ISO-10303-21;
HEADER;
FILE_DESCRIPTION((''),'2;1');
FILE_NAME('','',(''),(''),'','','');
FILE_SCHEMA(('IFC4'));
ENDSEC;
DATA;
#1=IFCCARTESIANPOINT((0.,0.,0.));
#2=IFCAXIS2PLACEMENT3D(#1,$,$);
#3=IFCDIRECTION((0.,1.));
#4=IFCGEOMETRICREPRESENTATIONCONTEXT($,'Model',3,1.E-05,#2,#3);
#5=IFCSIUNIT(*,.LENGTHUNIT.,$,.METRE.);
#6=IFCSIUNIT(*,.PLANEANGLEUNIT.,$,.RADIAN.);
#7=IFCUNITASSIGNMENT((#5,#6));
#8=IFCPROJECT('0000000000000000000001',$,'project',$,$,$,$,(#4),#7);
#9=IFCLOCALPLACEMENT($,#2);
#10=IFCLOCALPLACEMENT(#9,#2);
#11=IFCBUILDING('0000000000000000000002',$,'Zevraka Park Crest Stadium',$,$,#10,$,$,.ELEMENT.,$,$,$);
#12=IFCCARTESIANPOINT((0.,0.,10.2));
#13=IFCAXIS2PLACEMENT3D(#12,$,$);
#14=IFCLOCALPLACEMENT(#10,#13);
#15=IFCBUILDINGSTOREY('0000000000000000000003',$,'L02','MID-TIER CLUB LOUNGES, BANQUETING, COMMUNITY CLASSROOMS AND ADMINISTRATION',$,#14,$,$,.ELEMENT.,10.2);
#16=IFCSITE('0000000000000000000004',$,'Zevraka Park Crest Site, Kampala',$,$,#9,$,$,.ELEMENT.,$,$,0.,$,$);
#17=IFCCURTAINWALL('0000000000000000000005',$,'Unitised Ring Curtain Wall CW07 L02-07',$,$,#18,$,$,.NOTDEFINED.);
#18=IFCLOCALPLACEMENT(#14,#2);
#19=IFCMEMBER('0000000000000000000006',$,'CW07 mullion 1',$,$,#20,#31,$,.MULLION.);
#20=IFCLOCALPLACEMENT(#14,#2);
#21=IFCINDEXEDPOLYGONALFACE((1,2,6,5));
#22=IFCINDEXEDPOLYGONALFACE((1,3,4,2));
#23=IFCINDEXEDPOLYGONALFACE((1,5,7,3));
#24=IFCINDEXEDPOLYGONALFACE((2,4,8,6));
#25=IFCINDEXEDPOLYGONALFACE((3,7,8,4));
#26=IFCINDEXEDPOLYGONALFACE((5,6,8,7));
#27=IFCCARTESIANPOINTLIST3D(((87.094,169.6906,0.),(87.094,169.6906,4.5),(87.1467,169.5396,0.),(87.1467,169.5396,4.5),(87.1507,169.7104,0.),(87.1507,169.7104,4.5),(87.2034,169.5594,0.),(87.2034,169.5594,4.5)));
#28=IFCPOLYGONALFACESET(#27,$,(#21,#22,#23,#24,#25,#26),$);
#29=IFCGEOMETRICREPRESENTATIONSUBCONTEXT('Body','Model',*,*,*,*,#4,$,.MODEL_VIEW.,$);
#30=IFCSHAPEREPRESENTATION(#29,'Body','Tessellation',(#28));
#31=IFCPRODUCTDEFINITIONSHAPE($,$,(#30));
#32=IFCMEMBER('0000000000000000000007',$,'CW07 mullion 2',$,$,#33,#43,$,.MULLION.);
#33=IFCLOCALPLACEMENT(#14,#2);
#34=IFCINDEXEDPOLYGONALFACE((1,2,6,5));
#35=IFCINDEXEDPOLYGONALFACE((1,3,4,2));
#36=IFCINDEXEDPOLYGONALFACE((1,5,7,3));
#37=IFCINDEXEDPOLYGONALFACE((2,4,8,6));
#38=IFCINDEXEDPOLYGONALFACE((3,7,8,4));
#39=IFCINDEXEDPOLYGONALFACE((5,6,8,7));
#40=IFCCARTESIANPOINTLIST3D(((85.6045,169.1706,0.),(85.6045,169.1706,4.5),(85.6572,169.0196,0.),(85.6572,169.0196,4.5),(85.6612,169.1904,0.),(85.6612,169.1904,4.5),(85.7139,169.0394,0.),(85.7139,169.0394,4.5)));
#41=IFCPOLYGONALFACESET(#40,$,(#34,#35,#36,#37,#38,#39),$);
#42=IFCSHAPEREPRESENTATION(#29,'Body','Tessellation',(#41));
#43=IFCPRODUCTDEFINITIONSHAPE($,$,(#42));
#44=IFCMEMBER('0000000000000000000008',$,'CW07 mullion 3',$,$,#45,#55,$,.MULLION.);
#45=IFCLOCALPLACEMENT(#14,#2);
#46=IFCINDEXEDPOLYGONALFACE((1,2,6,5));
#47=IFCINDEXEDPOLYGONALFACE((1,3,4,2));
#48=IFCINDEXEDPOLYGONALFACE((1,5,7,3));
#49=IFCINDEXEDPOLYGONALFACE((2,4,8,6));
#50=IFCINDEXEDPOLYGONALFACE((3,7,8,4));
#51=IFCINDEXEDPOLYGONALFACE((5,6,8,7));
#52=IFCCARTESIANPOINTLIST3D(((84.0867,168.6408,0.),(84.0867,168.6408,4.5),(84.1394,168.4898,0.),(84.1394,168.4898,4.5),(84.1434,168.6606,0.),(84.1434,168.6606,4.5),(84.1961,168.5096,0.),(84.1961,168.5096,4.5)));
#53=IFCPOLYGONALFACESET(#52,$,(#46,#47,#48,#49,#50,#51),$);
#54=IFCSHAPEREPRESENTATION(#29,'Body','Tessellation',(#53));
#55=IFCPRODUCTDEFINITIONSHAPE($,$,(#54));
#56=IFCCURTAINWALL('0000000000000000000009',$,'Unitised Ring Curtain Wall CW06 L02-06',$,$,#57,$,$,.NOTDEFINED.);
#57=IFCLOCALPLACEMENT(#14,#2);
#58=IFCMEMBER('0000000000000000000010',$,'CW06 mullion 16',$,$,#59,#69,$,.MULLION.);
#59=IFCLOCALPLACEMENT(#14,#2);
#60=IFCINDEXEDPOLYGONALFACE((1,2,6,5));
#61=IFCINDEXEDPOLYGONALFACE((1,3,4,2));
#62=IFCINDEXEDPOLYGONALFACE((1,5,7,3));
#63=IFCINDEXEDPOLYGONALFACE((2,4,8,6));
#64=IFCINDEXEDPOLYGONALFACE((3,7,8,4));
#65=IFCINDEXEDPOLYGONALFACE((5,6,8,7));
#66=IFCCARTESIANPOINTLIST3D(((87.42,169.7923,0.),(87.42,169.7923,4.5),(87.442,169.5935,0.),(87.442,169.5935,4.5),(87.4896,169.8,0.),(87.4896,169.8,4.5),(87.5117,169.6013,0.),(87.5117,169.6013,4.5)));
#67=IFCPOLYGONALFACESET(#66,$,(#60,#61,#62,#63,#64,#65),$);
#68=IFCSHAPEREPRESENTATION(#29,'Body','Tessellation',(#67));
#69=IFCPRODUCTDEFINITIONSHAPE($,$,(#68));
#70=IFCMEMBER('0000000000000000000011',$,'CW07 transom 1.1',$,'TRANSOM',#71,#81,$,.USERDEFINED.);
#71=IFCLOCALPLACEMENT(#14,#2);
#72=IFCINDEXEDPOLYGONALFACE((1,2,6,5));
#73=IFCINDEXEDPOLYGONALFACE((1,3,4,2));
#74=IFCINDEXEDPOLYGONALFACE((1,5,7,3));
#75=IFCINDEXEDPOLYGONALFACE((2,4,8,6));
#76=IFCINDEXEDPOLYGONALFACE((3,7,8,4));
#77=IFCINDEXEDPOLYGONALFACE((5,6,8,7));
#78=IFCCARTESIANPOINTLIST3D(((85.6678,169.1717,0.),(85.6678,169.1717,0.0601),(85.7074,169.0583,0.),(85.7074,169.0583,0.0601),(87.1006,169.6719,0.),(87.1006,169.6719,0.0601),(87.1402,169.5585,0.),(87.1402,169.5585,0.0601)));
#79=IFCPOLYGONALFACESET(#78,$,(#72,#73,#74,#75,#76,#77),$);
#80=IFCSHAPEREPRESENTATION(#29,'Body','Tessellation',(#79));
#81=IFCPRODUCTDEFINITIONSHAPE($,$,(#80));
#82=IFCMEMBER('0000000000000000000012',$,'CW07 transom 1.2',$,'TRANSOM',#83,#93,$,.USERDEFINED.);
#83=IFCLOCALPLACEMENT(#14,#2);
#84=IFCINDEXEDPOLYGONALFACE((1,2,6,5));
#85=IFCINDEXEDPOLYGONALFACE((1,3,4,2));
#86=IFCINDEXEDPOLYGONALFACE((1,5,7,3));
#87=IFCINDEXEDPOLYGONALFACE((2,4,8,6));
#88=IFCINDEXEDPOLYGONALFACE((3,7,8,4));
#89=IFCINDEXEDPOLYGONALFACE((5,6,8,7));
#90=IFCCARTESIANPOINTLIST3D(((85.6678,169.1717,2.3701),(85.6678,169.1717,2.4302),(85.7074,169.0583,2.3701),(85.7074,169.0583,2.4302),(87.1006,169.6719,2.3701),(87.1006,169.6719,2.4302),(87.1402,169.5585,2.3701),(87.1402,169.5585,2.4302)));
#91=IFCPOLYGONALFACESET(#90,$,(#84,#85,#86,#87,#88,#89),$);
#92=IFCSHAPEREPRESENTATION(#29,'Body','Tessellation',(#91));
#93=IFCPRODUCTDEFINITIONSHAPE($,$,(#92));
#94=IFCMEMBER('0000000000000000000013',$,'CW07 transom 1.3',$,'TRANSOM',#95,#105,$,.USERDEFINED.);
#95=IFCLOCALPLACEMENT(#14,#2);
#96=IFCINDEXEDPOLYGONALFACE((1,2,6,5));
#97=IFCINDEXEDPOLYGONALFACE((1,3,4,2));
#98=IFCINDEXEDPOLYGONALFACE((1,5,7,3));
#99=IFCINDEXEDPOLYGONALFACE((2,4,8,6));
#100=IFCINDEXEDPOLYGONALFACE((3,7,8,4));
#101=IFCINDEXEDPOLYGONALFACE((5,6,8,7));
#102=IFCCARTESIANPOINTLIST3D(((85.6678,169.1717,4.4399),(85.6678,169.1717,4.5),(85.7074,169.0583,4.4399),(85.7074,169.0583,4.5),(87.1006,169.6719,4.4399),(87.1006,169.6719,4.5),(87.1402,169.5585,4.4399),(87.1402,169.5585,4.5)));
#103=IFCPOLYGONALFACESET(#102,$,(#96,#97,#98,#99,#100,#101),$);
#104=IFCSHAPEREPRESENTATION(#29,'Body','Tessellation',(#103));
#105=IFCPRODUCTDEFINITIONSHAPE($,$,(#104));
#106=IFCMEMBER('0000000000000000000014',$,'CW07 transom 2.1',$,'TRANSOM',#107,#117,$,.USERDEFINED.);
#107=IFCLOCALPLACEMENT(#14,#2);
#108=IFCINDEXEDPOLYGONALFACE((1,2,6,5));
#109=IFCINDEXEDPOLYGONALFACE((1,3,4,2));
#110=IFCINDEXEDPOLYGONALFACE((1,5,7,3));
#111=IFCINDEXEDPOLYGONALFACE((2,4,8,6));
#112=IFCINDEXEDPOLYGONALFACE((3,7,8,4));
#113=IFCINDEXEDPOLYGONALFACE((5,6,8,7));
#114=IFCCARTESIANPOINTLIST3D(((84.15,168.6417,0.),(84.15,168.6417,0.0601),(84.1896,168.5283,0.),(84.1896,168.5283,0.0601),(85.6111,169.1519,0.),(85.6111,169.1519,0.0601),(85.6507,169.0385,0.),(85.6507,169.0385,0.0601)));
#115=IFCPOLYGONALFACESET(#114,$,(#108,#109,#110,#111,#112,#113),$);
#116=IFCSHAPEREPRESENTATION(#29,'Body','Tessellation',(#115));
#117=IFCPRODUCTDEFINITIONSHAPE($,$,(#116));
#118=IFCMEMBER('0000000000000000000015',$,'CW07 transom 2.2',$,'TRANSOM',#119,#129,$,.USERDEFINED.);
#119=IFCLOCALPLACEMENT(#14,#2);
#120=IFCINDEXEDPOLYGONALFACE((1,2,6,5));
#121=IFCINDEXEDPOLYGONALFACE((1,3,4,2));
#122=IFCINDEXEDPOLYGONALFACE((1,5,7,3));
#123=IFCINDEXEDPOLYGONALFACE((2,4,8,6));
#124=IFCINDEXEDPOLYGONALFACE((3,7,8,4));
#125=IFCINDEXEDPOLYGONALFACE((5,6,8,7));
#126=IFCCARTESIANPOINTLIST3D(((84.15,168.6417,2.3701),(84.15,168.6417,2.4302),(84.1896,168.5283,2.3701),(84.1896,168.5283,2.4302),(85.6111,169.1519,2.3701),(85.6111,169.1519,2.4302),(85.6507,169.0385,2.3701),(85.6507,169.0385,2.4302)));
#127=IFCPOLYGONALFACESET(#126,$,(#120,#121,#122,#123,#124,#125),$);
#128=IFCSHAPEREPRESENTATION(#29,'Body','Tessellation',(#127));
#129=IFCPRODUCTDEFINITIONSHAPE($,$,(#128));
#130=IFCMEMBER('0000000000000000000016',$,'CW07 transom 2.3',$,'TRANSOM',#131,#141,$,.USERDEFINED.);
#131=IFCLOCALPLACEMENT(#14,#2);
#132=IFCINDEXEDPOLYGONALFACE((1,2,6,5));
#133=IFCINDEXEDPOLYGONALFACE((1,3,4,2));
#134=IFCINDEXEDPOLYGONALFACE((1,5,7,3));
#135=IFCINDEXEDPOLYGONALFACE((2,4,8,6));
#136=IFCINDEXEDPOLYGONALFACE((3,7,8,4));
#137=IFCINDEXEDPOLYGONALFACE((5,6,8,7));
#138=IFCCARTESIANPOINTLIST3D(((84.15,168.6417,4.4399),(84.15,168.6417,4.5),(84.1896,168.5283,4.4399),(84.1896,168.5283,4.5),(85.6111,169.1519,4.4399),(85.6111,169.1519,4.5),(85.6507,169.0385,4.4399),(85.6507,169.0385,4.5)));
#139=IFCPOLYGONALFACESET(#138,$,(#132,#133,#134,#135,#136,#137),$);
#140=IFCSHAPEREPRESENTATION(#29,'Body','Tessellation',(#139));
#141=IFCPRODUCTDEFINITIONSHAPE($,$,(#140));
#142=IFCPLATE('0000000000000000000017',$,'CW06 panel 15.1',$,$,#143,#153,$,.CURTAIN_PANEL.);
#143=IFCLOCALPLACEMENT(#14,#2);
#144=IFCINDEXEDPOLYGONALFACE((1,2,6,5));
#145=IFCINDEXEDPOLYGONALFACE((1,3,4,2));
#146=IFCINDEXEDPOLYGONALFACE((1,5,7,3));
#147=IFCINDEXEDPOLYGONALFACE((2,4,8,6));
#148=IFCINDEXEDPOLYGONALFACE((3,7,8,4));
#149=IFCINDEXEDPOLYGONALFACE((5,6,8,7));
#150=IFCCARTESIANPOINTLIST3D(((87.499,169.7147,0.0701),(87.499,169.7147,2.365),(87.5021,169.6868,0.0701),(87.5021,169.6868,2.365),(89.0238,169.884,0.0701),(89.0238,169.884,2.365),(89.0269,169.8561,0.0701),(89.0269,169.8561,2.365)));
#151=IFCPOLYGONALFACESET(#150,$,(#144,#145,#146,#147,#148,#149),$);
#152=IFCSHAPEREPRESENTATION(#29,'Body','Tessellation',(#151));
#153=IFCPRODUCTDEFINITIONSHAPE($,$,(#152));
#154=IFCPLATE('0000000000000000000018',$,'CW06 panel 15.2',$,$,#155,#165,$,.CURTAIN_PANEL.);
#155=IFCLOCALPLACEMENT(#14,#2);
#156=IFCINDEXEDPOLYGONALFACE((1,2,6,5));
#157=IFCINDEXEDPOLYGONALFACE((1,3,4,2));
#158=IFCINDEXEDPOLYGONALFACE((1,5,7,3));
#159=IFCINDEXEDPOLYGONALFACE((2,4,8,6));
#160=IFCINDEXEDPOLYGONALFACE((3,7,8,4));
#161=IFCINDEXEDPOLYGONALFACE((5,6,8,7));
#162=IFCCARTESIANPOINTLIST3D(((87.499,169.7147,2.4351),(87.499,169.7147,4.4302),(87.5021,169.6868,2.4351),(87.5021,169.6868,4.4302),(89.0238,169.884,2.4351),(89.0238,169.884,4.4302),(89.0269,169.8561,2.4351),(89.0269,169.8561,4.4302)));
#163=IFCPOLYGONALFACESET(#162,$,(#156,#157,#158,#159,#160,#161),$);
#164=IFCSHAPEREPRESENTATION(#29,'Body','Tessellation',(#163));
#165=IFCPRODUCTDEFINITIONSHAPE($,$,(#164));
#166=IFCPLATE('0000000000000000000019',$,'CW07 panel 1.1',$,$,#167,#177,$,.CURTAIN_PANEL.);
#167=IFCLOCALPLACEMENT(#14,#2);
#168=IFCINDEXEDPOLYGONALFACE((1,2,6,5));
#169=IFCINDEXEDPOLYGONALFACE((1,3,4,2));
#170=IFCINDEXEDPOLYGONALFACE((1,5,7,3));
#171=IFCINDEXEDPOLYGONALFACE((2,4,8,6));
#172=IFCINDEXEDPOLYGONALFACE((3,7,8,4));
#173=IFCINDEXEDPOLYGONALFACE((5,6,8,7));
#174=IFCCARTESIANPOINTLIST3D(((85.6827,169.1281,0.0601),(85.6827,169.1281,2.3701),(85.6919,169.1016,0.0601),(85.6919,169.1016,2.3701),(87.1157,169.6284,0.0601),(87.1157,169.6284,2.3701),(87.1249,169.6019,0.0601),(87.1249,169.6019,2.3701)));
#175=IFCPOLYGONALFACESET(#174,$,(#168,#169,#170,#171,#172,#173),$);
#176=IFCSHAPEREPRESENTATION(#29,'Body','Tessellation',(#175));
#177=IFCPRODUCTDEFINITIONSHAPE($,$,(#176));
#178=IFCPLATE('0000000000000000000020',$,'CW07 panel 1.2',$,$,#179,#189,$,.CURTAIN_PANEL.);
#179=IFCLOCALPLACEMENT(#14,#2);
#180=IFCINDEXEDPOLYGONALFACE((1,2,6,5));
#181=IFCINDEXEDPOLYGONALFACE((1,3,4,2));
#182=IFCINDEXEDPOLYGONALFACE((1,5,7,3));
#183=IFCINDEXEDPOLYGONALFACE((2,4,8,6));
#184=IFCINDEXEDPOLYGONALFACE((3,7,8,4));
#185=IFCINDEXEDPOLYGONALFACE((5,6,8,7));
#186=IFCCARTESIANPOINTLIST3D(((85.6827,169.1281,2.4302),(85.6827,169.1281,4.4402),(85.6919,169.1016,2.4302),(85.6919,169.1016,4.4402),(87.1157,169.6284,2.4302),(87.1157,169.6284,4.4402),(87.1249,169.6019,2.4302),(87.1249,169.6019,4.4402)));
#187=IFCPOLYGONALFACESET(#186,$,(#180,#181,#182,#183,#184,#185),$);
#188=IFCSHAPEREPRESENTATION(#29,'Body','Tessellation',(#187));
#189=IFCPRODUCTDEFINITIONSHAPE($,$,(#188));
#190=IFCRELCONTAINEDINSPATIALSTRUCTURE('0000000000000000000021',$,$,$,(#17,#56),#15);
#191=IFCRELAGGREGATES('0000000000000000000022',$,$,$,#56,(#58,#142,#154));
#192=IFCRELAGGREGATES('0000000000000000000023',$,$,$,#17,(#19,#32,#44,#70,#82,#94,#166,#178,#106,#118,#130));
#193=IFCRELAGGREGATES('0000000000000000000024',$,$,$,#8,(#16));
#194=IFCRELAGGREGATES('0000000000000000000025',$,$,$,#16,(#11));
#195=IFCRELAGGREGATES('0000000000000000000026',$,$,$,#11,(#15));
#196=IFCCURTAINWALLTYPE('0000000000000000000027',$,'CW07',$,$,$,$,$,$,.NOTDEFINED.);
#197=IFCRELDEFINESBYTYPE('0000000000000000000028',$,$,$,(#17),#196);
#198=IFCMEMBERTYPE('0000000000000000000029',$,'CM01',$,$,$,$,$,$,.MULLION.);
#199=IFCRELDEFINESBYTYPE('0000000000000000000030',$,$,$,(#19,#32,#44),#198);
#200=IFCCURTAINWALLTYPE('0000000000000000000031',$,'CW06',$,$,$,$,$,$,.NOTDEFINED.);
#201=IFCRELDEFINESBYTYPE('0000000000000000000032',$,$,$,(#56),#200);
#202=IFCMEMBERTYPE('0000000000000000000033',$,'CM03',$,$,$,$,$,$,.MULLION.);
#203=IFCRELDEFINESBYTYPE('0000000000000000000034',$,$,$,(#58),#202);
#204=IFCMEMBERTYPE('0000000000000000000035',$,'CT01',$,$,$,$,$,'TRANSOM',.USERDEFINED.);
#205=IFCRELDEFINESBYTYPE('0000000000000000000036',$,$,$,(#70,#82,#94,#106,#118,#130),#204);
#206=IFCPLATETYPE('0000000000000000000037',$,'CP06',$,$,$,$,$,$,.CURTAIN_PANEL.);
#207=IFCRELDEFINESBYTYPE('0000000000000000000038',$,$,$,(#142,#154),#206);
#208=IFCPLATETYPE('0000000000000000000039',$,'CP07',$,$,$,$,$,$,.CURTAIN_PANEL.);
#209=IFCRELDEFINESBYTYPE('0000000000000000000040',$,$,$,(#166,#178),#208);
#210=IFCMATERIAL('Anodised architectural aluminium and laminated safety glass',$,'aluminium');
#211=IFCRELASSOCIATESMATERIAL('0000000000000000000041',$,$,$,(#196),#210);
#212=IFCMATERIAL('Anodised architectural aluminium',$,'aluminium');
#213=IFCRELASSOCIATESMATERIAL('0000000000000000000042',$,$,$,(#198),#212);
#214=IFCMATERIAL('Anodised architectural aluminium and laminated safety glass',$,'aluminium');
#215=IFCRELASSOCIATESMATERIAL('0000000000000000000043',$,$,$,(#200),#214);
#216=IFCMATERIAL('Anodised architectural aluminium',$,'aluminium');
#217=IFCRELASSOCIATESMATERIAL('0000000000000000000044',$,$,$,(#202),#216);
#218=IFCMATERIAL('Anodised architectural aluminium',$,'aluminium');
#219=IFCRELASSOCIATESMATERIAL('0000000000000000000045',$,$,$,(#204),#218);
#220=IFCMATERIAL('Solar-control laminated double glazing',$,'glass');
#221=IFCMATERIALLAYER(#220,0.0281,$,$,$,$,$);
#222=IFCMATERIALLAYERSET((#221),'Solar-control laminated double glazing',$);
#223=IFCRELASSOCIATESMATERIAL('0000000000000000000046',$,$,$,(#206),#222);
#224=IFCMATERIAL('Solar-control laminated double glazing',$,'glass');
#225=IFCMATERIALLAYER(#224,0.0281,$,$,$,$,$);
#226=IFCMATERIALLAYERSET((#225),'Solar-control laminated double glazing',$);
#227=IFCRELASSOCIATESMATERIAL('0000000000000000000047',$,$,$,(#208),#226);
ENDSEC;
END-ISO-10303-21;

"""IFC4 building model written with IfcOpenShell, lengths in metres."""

from ifc_helpers import new_model, si_unit, direction, frame, origin, origin_2d, place, context, subcontext, project, spatial, rectangle, extrude, material, layer, layer_set, material_profile, profile_set, type_object, element, aggregate, save


model = new_model("IFC4")

# Units and contexts
model_context = context("Model", 3, precision=1e-05, world=origin(), true_north=direction((0.0, 1.0)))
body_context = subcontext(model_context, "Body", "Model", "MODEL_VIEW")
ifc_project = project(units=[si_unit("LENGTHUNIT", "METRE"), si_unit("PLANEANGLEUNIT", "RADIAN")], contexts=[model_context])

# Site, building, storey
site_placement = place(None, origin())
site = spatial("IfcSite", under=ifc_project, at=site_placement, Name="Zevraka Park Crest Site, Kampala", CompositionType="ELEMENT", RefElevation=0.0)
building_placement = place(site_placement, origin())
building = spatial("IfcBuilding", under=site, at=building_placement, Name="Zevraka Park Crest Stadium", CompositionType="ELEMENT")
storey_placement = place(building_placement, frame((0.0, 0.0, 10.2)))
storey = spatial("IfcBuildingStorey", under=building, at=storey_placement, Name="L02", Description="MID-TIER CLUB LOUNGES, BANQUETING, COMMUNITY CLASSROOMS AND ADMINISTRATION", CompositionType="ELEMENT", Elevation=10.2)

# Curtain wall, members
ifc_material_1 = material(Name="Anodised architectural aluminium and laminated safety glass", Category="aluminium")
curtain_wall_type_1 = type_object("IfcCurtainWallType", Name="CW07", PredefinedType="NOTDEFINED", material=ifc_material_1)
curtain_wall_1_placement = place(storey_placement, origin())
curtain_wall_1 = element("IfcCurtainWall", 1, at=curtain_wall_1_placement, inside=storey, type_object=curtain_wall_type_1, Name="Unitised Ring Curtain Wall CW07 L02-07", PredefinedType="NOTDEFINED")
ifc_material_2 = material(Name="Anodised architectural aluminium", Category="aluminium")
ifc_material_profile_1 = material_profile(ifc_material_2, rectangle(XDim=0.1599, YDim=0.0601, at=origin_2d()), Name="ALU MULLION 160x60")
ifc_profile_set_1 = profile_set([ifc_material_profile_1], Name="Anodised architectural aluminium")
member_type_1 = type_object("IfcMemberType", Name="CM01", PredefinedType="MULLION", material=ifc_profile_set_1)
member_1_placement = place(storey_placement, frame((87.1487, 169.625, 0.0), z_axis=(0.0, 0.0, 1.0), x_axis=(0.329619, -0.944114, 0.0)))
member_1 = element("IfcMember", 2, at=member_1_placement, type_object=member_type_1, Name="CW07 mullion 1", PredefinedType="MULLION", context=body_context, shape_type="SweptSolid", body=[
    extrude(rectangle(XDim=0.1599, YDim=0.0601, at=origin_2d()), origin(), (0.0, 0.0, 1.0), 4.5),
])
member_2_placement = place(storey_placement, frame((85.6592, 169.105, 0.0), z_axis=(0.0, 0.0, 1.0), x_axis=(0.329619, -0.944114, 0.0)))
member_2 = element("IfcMember", 3, at=member_2_placement, type_object=member_type_1, Name="CW07 mullion 2", PredefinedType="MULLION", context=body_context, shape_type="SweptSolid", body=[
    extrude(rectangle(XDim=0.1599, YDim=0.0601, at=origin_2d()), origin(), (0.0, 0.0, 1.0), 4.5),
])
member_3_placement = place(storey_placement, frame((84.1414, 168.5752, 0.0), z_axis=(0.0, 0.0, 1.0), x_axis=(0.329619, -0.944114, 0.0)))
member_3 = element("IfcMember", 4, at=member_3_placement, type_object=member_type_1, Name="CW07 mullion 3", PredefinedType="MULLION", context=body_context, shape_type="SweptSolid", body=[
    extrude(rectangle(XDim=0.1599, YDim=0.0601, at=origin_2d()), origin(), (0.0, 0.0, 1.0), 4.5),
])

# Curtain wall, member
ifc_material_3 = material(Name="Anodised architectural aluminium and laminated safety glass", Category="aluminium")
curtain_wall_type_2 = type_object("IfcCurtainWallType", Name="CW06", PredefinedType="NOTDEFINED", material=ifc_material_3)
curtain_wall_2_placement = place(storey_placement, origin())
curtain_wall_2 = element("IfcCurtainWall", 5, at=curtain_wall_2_placement, inside=storey, type_object=curtain_wall_type_2, Name="Unitised Ring Curtain Wall CW06 L02-06", PredefinedType="NOTDEFINED")
ifc_material_4 = material(Name="Anodised architectural aluminium", Category="aluminium")
ifc_material_profile_2 = material_profile(ifc_material_4, rectangle(XDim=0.2, YDim=0.0701, at=origin_2d()), Name="ALU MULLION 200x70")
ifc_profile_set_2 = profile_set([ifc_material_profile_2], Name="Anodised architectural aluminium")
member_type_2 = type_object("IfcMemberType", Name="CM03", PredefinedType="MULLION", material=ifc_profile_set_2)
member_4_placement = place(storey_placement, frame((87.4658, 169.6968, 0.0), z_axis=(0.0, 0.0, 1.0), x_axis=(0.110293, -0.993899, 0.0)))
member_4 = element("IfcMember", 6, at=member_4_placement, type_object=member_type_2, Name="CW06 mullion 16", PredefinedType="MULLION", context=body_context, shape_type="SweptSolid", body=[
    extrude(rectangle(XDim=0.2, YDim=0.0701, at=origin_2d()), origin(), (0.0, 0.0, 1.0), 4.5),
])

# Members
ifc_material_5 = material(Name="Anodised architectural aluminium", Category="aluminium")
ifc_material_profile_3 = material_profile(ifc_material_5, rectangle(XDim=0.1201, YDim=0.0601, at=origin_2d()), Name="ALU TRANSOM 120x60")
ifc_profile_set_3 = profile_set([ifc_material_profile_3], Name="Anodised architectural aluminium")
member_type_3 = type_object("IfcMemberType", Name="CT01", ElementType="TRANSOM", PredefinedType="USERDEFINED", material=ifc_profile_set_3)
member_5_placement = place(storey_placement, frame((87.1204, 169.6152, 0.03), z_axis=(-0.944116, -0.329612, 0.0), x_axis=(0.329612, -0.944116, 0.0)))
member_5 = element("IfcMember", 7, at=member_5_placement, type_object=member_type_3, Name="CW07 transom 1.1", ObjectType="TRANSOM", PredefinedType="USERDEFINED", context=body_context, shape_type="SweptSolid", body=[
    extrude(rectangle(XDim=0.1201, YDim=0.0601, at=origin_2d()), origin(), (0.0, 0.0, 1.0), 1.5176),
])
member_6_placement = place(storey_placement, frame((87.1204, 169.6152, 2.4001), z_axis=(-0.944116, -0.329612, 0.0), x_axis=(0.329612, -0.944116, 0.0)))
member_6 = element("IfcMember", 8, at=member_6_placement, type_object=member_type_3, Name="CW07 transom 1.2", ObjectType="TRANSOM", PredefinedType="USERDEFINED", context=body_context, shape_type="SweptSolid", body=[
    extrude(rectangle(XDim=0.1201, YDim=0.0601, at=origin_2d()), origin(), (0.0, 0.0, 1.0), 1.5176),
])
member_7_placement = place(storey_placement, frame((87.1204, 169.6152, 4.47), z_axis=(-0.944116, -0.329612, 0.0), x_axis=(0.329612, -0.944116, 0.0)))
member_7 = element("IfcMember", 9, at=member_7_placement, type_object=member_type_3, Name="CW07 transom 1.3", ObjectType="TRANSOM", PredefinedType="USERDEFINED", context=body_context, shape_type="SweptSolid", body=[
    extrude(rectangle(XDim=0.1201, YDim=0.0601, at=origin_2d()), origin(), (0.0, 0.0, 1.0), 1.5176),
])
member_8_placement = place(storey_placement, frame((85.6309, 169.0952, 0.03), z_axis=(-0.944092, -0.329683, 0.0), x_axis=(0.329683, -0.944092, 0.0)))
member_8 = element("IfcMember", 10, at=member_8_placement, type_object=member_type_3, Name="CW07 transom 2.1", ObjectType="TRANSOM", PredefinedType="USERDEFINED", context=body_context, shape_type="SweptSolid", body=[
    extrude(rectangle(XDim=0.1201, YDim=0.0601, at=origin_2d()), origin(), (0.0, 0.0, 1.0), 1.5476),
])
member_9_placement = place(storey_placement, frame((85.6309, 169.0952, 2.4001), z_axis=(-0.944092, -0.329683, 0.0), x_axis=(0.329683, -0.944092, 0.0)))
member_9 = element("IfcMember", 11, at=member_9_placement, type_object=member_type_3, Name="CW07 transom 2.2", ObjectType="TRANSOM", PredefinedType="USERDEFINED", context=body_context, shape_type="SweptSolid", body=[
    extrude(rectangle(XDim=0.1201, YDim=0.0601, at=origin_2d()), origin(), (0.0, 0.0, 1.0), 1.5476),
])
member_10_placement = place(storey_placement, frame((85.6309, 169.0952, 4.47), z_axis=(-0.944092, -0.329683, 0.0), x_axis=(0.329683, -0.944092, 0.0)))
member_10 = element("IfcMember", 12, at=member_10_placement, type_object=member_type_3, Name="CW07 transom 2.3", ObjectType="TRANSOM", PredefinedType="USERDEFINED", context=body_context, shape_type="SweptSolid", body=[
    extrude(rectangle(XDim=0.1201, YDim=0.0601, at=origin_2d()), origin(), (0.0, 0.0, 1.0), 1.5476),
])

# Plates
ifc_material_6 = material(Name="Solar-control laminated double glazing", Category="glass")
ifc_layer_1 = layer(ifc_material_6, 0.0281)
ifc_layer_set_1 = layer_set([ifc_layer_1], Name="Solar-control laminated double glazing")
plate_type_1 = type_object("IfcPlateType", Name="CP06", PredefinedType="CURTAIN_PANEL", material=ifc_layer_set_1)
plate_1_placement = place(storey_placement, frame((88.2629, 169.7854, 0.0701), z_axis=(0.0, 0.0, 1.0), x_axis=(-0.993899, -0.110293, 0.0)))
plate_1 = element("IfcPlate", 13, at=plate_1_placement, type_object=plate_type_1, Name="CW06 panel 15.1", PredefinedType="CURTAIN_PANEL", context=body_context, shape_type="SweptSolid", body=[
    extrude(rectangle(XDim=1.5342, YDim=0.0281, at=origin_2d()), origin(), (0.0, 0.0, 1.0), 2.2949),
])
plate_2_placement = place(storey_placement, frame((88.2629, 169.7854, 2.4351), z_axis=(0.0, 0.0, 1.0), x_axis=(-0.993899, -0.110293, 0.0)))
plate_2 = element("IfcPlate", 14, at=plate_2_placement, type_object=plate_type_1, Name="CW06 panel 15.2", PredefinedType="CURTAIN_PANEL", context=body_context, shape_type="SweptSolid", body=[
    extrude(rectangle(XDim=1.5342, YDim=0.0281, at=origin_2d()), origin(), (0.0, 0.0, 1.0), 1.9951),
])
aggregate(curtain_wall_2, [member_4, plate_1, plate_2])
ifc_material_7 = material(Name="Solar-control laminated double glazing", Category="glass")
ifc_layer_2 = layer(ifc_material_7, 0.0281)
ifc_layer_set_2 = layer_set([ifc_layer_2], Name="Solar-control laminated double glazing")
plate_type_2 = type_object("IfcPlateType", Name="CP07", PredefinedType="CURTAIN_PANEL", material=ifc_layer_set_2)
plate_3_placement = place(storey_placement, frame((86.4038, 169.365, 0.0601), z_axis=(0.0, 0.0, 1.0), x_axis=(-0.944114, -0.329619, 0.0)))
plate_3 = element("IfcPlate", 15, at=plate_3_placement, type_object=plate_type_2, Name="CW07 panel 1.1", PredefinedType="CURTAIN_PANEL", context=body_context, shape_type="SweptSolid", body=[
    extrude(rectangle(XDim=1.5178, YDim=0.0281, at=origin_2d()), origin(), (0.0, 0.0, 1.0), 2.3101),
])
plate_4_placement = place(storey_placement, frame((86.4038, 169.365, 2.4302), z_axis=(0.0, 0.0, 1.0), x_axis=(-0.944114, -0.329619, 0.0)))
plate_4 = element("IfcPlate", 16, at=plate_4_placement, type_object=plate_type_2, Name="CW07 panel 1.2", PredefinedType="CURTAIN_PANEL", context=body_context, shape_type="SweptSolid", body=[
    extrude(rectangle(XDim=1.5178, YDim=0.0281, at=origin_2d()), origin(), (0.0, 0.0, 1.0), 2.01),
])
aggregate(curtain_wall_1, [member_1, member_2, member_3, member_5, member_6, member_7, plate_3, plate_4, member_8, member_9, member_10])

save(model, "model.ifc")
